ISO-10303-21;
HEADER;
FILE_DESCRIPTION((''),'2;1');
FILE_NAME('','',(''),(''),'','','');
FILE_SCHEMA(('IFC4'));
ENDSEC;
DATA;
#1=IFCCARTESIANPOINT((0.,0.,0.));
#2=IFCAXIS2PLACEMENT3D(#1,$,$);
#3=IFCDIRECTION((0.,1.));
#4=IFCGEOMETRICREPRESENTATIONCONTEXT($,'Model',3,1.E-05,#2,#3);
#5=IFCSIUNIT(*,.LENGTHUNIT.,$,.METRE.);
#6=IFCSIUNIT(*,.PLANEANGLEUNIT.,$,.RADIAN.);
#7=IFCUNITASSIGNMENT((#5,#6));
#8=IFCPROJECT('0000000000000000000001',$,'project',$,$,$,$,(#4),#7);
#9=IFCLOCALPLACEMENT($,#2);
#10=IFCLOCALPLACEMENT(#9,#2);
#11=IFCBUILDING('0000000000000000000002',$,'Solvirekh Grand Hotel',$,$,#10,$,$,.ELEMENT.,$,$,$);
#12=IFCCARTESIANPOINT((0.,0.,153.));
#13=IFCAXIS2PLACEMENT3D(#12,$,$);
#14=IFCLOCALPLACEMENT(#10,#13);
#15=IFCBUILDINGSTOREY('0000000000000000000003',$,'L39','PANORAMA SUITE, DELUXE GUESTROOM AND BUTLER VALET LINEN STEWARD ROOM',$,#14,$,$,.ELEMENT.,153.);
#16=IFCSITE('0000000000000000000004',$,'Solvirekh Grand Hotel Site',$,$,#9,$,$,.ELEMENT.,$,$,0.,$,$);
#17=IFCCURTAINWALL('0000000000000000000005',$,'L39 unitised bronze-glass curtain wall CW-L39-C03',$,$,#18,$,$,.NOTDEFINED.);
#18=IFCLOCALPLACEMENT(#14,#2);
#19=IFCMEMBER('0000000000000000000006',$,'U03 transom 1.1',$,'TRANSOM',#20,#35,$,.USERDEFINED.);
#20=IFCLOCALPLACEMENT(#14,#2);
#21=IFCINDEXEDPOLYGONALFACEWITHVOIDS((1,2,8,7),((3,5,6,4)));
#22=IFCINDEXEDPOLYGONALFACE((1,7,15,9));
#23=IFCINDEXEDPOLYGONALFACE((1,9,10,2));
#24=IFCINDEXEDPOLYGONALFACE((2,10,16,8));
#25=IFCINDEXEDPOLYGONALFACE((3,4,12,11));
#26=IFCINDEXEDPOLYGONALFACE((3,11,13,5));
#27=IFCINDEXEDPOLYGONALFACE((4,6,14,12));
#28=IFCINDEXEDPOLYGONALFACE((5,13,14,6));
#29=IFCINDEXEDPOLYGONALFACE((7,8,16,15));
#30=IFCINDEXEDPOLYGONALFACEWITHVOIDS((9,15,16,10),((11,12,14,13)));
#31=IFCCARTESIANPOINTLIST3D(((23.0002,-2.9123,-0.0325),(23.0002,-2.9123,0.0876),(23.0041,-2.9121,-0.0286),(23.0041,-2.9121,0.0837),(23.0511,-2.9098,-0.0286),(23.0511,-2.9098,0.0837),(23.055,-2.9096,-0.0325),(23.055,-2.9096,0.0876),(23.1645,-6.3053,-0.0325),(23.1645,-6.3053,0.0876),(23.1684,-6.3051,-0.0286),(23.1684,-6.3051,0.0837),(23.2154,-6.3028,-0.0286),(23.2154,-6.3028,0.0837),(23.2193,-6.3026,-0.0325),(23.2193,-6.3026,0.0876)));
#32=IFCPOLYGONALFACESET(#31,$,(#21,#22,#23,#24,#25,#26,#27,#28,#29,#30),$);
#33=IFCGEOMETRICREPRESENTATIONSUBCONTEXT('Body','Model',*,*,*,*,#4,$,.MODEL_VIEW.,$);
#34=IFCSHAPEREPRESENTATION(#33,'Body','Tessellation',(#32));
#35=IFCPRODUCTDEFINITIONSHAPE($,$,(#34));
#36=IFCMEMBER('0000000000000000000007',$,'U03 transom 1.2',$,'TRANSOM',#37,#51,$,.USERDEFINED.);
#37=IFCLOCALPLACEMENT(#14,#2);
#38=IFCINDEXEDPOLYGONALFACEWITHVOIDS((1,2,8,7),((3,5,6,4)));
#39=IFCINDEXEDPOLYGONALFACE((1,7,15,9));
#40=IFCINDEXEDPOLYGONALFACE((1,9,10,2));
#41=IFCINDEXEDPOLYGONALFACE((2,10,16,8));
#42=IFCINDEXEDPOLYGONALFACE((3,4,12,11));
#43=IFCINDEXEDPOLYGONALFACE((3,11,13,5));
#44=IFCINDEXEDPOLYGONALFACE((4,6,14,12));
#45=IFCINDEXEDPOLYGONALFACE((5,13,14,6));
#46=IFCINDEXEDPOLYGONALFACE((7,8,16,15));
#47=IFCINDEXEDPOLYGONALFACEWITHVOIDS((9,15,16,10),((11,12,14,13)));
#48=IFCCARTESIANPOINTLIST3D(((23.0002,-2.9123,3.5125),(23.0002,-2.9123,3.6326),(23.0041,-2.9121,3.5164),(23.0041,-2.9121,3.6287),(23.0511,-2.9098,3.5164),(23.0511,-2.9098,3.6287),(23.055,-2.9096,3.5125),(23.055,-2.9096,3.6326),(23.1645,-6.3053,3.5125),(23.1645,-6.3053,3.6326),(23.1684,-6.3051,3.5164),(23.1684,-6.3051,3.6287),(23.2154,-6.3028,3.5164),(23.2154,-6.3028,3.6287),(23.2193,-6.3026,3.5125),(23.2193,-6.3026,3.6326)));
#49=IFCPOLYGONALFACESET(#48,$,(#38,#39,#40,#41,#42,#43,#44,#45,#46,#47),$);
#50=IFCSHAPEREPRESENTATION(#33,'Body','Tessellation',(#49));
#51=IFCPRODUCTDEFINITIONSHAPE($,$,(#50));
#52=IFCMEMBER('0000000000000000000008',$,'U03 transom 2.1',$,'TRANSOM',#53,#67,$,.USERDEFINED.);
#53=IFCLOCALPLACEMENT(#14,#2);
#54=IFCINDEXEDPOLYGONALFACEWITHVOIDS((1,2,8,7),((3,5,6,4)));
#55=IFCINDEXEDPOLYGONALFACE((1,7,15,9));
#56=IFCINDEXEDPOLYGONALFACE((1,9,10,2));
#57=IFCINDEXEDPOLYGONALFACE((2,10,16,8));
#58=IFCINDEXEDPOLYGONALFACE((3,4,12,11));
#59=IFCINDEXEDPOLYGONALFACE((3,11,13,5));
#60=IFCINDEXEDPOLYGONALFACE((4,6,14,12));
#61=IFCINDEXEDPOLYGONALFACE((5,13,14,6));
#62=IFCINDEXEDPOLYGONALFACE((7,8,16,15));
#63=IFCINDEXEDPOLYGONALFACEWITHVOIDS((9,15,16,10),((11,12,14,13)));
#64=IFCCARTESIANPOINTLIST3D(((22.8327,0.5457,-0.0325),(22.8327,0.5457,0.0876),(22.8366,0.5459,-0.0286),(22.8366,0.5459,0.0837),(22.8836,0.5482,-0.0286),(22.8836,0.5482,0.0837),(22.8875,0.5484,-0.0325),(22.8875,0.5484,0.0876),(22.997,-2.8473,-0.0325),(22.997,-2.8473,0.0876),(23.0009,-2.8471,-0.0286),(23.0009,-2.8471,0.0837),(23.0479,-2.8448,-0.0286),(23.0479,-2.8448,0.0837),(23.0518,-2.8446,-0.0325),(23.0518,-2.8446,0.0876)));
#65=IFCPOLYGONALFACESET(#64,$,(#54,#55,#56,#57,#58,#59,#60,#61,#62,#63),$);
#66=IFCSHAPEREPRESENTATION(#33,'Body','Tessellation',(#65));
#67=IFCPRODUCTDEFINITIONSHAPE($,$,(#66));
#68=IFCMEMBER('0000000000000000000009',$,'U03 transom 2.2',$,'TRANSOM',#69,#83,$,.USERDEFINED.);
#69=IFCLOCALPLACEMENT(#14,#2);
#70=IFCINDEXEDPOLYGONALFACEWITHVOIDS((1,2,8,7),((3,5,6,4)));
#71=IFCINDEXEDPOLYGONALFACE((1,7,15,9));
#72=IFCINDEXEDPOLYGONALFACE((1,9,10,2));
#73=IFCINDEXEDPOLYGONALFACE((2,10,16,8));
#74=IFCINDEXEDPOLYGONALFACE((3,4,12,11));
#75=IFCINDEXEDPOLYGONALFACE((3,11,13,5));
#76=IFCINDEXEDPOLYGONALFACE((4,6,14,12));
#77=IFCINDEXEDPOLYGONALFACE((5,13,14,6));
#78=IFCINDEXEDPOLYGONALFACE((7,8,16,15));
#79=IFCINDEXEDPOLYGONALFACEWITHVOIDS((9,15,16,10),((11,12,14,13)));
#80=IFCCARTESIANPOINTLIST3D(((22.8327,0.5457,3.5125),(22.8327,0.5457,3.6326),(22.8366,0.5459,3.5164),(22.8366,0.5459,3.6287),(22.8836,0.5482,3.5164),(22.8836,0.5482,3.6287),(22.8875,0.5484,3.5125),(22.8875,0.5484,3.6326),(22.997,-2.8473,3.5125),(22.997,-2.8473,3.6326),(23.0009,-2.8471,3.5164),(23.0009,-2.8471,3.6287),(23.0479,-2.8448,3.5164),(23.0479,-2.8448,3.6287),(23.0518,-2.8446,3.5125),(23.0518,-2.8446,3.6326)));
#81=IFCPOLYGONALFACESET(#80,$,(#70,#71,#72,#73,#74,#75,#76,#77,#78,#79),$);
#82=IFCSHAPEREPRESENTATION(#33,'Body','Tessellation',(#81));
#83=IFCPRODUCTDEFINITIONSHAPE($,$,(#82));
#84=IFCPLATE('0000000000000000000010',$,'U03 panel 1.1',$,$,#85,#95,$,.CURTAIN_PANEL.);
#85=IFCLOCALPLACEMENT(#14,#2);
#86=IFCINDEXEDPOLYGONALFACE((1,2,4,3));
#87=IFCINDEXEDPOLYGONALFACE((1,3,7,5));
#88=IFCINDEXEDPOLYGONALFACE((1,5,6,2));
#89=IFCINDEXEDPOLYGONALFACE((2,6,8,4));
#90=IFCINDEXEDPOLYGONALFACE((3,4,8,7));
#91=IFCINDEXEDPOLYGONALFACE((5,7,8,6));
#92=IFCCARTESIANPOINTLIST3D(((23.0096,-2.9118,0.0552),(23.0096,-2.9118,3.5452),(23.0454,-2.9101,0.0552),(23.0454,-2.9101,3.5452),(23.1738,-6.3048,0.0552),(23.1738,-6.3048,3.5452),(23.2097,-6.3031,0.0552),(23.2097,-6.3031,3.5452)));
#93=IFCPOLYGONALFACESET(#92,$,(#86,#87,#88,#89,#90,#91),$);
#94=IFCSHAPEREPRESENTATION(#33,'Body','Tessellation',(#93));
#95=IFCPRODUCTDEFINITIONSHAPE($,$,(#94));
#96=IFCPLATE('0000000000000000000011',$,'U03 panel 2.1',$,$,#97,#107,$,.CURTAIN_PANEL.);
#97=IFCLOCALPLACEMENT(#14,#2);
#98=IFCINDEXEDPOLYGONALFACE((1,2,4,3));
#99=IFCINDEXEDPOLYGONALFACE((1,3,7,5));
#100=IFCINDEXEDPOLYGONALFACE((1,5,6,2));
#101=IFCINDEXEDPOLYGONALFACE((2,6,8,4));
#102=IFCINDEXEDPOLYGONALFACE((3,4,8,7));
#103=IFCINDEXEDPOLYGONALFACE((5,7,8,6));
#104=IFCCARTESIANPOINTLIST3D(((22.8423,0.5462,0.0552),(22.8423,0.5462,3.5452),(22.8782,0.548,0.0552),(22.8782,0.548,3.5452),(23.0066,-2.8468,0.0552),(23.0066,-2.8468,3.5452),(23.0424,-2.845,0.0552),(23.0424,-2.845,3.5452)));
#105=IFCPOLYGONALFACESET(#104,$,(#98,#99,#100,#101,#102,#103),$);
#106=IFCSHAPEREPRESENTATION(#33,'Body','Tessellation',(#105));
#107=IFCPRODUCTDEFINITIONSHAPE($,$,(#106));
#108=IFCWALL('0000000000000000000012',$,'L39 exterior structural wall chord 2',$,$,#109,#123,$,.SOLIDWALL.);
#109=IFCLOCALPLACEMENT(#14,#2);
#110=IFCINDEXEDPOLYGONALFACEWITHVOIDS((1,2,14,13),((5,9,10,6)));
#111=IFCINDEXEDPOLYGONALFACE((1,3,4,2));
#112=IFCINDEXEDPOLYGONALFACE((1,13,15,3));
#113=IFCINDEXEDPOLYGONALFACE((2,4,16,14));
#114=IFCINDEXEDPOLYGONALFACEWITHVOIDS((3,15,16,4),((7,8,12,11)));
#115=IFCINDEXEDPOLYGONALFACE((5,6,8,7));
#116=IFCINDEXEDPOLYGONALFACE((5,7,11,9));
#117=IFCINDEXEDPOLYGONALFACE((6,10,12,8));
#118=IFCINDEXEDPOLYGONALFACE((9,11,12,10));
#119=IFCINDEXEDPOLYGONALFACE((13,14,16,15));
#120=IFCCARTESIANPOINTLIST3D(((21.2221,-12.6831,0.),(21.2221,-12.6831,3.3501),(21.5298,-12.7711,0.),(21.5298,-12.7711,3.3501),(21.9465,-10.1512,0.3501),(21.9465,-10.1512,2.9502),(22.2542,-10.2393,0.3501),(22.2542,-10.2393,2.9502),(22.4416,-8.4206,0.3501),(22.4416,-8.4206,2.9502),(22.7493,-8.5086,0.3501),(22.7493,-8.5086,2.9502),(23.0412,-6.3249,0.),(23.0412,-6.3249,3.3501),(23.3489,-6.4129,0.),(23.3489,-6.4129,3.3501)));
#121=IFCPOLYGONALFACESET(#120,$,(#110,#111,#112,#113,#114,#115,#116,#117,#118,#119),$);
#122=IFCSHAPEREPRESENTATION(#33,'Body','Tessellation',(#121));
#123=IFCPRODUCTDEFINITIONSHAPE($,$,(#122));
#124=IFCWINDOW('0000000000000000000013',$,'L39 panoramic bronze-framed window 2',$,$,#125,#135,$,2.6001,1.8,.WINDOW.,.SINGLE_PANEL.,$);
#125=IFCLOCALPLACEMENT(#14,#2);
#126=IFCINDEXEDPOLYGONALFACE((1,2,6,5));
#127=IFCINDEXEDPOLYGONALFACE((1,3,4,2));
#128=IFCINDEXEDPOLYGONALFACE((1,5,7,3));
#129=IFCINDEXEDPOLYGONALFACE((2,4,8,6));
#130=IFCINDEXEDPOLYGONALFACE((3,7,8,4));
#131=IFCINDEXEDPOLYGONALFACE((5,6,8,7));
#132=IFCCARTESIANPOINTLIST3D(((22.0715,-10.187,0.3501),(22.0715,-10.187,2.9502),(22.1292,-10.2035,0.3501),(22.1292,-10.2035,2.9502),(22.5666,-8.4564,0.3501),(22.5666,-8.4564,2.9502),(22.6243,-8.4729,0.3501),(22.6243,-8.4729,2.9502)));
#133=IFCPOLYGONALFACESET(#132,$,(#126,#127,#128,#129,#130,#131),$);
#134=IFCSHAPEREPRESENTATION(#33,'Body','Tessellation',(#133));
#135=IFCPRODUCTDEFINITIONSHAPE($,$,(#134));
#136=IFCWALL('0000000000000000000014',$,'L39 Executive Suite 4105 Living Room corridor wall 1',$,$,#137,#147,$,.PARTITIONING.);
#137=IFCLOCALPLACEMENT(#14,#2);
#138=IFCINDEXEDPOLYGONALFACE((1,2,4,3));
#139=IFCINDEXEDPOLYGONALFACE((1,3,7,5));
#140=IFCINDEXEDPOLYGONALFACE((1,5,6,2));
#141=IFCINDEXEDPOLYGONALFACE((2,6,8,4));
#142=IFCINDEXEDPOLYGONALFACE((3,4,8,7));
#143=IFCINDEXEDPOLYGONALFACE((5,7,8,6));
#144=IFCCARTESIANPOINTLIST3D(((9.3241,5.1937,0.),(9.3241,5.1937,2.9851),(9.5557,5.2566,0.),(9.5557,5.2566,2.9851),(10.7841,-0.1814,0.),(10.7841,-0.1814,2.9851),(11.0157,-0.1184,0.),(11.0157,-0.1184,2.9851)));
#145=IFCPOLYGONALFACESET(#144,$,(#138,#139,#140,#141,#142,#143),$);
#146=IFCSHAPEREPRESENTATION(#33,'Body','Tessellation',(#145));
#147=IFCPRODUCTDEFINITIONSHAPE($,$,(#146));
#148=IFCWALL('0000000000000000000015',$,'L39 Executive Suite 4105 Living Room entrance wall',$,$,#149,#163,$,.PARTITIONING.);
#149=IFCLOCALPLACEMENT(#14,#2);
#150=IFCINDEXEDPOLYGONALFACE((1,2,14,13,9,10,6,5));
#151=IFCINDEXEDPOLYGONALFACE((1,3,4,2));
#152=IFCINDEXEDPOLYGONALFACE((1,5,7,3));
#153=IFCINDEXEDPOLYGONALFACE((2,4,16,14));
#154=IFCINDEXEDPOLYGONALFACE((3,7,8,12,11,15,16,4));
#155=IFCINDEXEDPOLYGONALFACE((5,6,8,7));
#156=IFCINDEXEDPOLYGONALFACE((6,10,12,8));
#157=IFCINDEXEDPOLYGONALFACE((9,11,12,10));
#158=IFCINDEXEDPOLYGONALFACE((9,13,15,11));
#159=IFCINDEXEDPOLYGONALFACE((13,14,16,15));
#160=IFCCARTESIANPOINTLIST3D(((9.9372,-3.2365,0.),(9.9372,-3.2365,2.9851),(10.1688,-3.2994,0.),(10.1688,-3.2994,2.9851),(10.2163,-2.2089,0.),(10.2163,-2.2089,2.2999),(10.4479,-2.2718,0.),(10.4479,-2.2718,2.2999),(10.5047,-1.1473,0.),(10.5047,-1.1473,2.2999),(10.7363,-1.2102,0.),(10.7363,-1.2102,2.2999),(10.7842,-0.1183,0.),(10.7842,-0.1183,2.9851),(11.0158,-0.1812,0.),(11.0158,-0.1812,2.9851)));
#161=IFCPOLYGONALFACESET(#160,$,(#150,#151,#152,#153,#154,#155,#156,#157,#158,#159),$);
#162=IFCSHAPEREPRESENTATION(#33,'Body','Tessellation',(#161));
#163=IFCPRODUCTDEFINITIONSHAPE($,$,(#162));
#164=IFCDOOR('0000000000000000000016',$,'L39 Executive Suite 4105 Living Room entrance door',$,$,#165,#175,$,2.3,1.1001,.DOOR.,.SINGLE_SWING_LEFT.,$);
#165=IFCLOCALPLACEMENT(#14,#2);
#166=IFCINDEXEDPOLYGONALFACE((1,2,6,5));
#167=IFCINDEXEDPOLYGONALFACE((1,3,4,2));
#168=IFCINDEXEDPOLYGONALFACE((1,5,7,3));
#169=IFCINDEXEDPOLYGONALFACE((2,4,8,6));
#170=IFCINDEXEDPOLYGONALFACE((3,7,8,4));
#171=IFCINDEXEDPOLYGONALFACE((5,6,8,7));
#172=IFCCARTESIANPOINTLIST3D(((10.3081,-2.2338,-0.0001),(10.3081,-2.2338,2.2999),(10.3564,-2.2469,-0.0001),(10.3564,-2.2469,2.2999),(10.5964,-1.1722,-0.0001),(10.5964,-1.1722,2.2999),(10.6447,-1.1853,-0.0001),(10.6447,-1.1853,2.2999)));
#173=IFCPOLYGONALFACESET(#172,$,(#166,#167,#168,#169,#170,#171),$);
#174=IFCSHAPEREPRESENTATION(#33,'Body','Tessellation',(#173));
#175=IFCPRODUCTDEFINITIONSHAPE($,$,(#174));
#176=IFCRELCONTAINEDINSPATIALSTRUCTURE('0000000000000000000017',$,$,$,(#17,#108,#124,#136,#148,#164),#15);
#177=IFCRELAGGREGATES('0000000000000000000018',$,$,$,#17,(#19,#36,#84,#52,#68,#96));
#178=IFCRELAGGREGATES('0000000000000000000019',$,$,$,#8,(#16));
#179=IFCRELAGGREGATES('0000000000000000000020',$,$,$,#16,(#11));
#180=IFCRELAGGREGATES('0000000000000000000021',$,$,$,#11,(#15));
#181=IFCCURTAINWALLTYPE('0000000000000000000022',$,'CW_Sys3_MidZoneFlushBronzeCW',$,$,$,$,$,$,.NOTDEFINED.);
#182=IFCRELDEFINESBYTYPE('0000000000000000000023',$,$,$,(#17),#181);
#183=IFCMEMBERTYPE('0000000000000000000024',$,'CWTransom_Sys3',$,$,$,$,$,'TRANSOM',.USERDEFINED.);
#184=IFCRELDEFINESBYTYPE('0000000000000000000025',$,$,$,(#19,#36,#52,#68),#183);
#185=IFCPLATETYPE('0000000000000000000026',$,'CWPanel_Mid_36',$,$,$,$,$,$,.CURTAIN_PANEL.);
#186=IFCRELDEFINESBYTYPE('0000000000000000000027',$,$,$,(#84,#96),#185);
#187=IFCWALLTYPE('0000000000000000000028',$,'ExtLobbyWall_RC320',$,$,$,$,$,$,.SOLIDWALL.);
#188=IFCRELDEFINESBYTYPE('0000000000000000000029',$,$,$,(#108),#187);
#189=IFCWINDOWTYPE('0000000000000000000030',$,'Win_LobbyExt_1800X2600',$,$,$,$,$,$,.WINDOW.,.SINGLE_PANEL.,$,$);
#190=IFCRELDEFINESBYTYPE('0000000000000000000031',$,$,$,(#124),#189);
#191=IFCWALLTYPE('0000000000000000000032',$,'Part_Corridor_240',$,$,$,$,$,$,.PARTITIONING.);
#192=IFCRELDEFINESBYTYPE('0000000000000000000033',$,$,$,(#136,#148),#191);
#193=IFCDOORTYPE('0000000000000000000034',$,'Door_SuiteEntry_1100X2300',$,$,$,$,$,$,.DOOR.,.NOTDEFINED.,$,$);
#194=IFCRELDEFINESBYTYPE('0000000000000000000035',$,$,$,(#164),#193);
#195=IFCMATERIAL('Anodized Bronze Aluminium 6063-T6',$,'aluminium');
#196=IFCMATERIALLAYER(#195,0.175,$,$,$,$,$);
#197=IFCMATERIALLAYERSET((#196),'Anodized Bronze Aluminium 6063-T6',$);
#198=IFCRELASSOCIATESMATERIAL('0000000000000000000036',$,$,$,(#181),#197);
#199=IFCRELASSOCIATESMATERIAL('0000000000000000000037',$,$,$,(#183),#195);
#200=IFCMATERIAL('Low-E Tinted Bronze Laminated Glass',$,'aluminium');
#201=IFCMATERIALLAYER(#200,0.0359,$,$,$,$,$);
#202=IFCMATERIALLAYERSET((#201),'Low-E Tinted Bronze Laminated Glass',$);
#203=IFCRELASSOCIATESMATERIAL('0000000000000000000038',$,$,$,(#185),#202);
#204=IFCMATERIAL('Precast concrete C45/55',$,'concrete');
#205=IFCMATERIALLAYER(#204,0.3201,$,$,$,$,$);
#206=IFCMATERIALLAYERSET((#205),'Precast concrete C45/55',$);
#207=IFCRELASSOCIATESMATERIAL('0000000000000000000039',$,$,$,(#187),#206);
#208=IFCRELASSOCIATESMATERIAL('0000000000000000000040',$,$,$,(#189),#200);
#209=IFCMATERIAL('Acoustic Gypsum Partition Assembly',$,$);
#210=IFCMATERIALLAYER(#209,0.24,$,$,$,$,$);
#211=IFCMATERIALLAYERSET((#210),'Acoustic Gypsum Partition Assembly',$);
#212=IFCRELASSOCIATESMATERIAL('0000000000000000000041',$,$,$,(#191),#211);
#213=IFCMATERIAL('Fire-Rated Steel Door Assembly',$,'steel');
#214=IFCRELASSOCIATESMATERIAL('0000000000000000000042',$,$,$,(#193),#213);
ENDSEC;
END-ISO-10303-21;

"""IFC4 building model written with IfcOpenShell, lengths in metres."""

from ifc_helpers import new_model, si_unit, direction, frame, frame_2d, origin, origin_2d, place, context, subcontext, project, spatial, rectangle, hollow_rectangle, extrude, source, transform, mapped, material, layer, layer_set, material_profile, profile_set, type_object, element, fill, aggregate, save


model = new_model("IFC4")

# Units and contexts
model_context = context("Model", 3, precision=1e-05, world=origin(), true_north=direction((0.0, 1.0)))
body_context = subcontext(model_context, "Body", "Model", "MODEL_VIEW")
ifc_project = project(units=[si_unit("LENGTHUNIT", "METRE"), si_unit("PLANEANGLEUNIT", "RADIAN")], contexts=[model_context])

# Site, building, storey
site_placement = place(None, origin())
site = spatial("IfcSite", under=ifc_project, at=site_placement, Name="Solvirekh Grand Hotel Site", CompositionType="ELEMENT", RefElevation=0.0)
building_placement = place(site_placement, origin())
building = spatial("IfcBuilding", under=site, at=building_placement, Name="Solvirekh Grand Hotel", CompositionType="ELEMENT")
storey_placement = place(building_placement, frame((0.0, 0.0, 153.0)))
storey = spatial("IfcBuildingStorey", under=building, at=storey_placement, Name="L39", Description="PANORAMA SUITE, DELUXE GUESTROOM AND BUTLER VALET LINEN STEWARD ROOM", CompositionType="ELEMENT", Elevation=153.0)

# Curtain wall, members, plates
ifc_material_1 = material(Name="Anodized Bronze Aluminium 6063-T6", Category="aluminium")
ifc_layer_1 = layer(ifc_material_1, 0.175)
ifc_layer_set_1 = layer_set([ifc_layer_1], Name="Anodized Bronze Aluminium 6063-T6")
curtain_wall_type = type_object("IfcCurtainWallType", Name="CW_Sys3_MidZoneFlushBronzeCW", PredefinedType="NOTDEFINED", material=ifc_layer_set_1)
curtain_wall_placement = place(storey_placement, origin())
curtain_wall = element("IfcCurtainWall", 1, at=curtain_wall_placement, inside=storey, type_object=curtain_wall_type, Name="L39 unitised bronze-glass curtain wall CW-L39-C03", PredefinedType="NOTDEFINED")
ifc_material_profile_1 = material_profile(ifc_material_1, hollow_rectangle(XDim=0.0549, YDim=0.1201, WallThickness=0.0039, at=origin_2d()), Name="ALU RHS 120X55X4")
ifc_profile_set_1 = profile_set([ifc_material_profile_1], Name="Anodized Bronze Aluminium 6063-T6")
member_type_1 = type_object("IfcMemberType", Name="CWTransom_Sys3", ElementType="TRANSOM", PredefinedType="USERDEFINED", material=ifc_profile_set_1)
shared_shape_1 = source(origin(), body_context, "Body", "SweptSolid", [
    extrude(hollow_rectangle(XDim=0.0549, YDim=0.1201, WallThickness=0.0039, at=origin_2d()), origin(), (0.0, 0.0, 1.0), 3.397),
])
member_1_placement = place(storey_placement, frame((23.1919, -6.304, 0.0276), z_axis=(-0.048368, 0.99883, 0.0), x_axis=(-0.99883, -0.048368, 0.0)))
member_1 = element("IfcMember", 2, at=member_1_placement, type_object=member_type_1, Name="U03 transom 1.1", ObjectType="TRANSOM", PredefinedType="USERDEFINED", context=body_context, shape_type="MappedRepresentation", body=[
    mapped(shared_shape_1, transform((0.0, 0.0, 0.0), x_axis=(1.0, 0.0, 0.0), y_axis=(0.0, 1.0, 0.0), z_axis=(0.0, 0.0, 1.0), scale=1.0)),
])
member_2_placement = place(storey_placement, frame((23.1919, -6.304, 3.5725), z_axis=(-0.048368, 0.99883, 0.0), x_axis=(-0.99883, -0.048368, 0.0)))
member_2 = element("IfcMember", 3, at=member_2_placement, type_object=member_type_1, Name="U03 transom 1.2", ObjectType="TRANSOM", PredefinedType="USERDEFINED", context=body_context, shape_type="MappedRepresentation", body=[
    mapped(shared_shape_1, transform((0.0, 0.0, 0.0), x_axis=(1.0, 0.0, 0.0), y_axis=(0.0, 1.0, 0.0), z_axis=(0.0, 0.0, 1.0), scale=1.0)),
])
member_3_placement = place(storey_placement, frame((23.0244, -2.8459, 0.0276), z_axis=(-0.048368, 0.99883, 0.0), x_axis=(-0.99883, -0.048368, 0.0)))
member_3 = element("IfcMember", 4, at=member_3_placement, type_object=member_type_1, Name="U03 transom 2.1", ObjectType="TRANSOM", PredefinedType="USERDEFINED", context=body_context, shape_type="MappedRepresentation", body=[
    mapped(shared_shape_1, transform((0.0, 0.0, 0.0), x_axis=(1.0, 0.0, 0.0), y_axis=(0.0, 1.0, 0.0), z_axis=(0.0, 0.0, 1.0), scale=1.0)),
])
member_4_placement = place(storey_placement, frame((23.0244, -2.8459, 3.5725), z_axis=(-0.048368, 0.99883, 0.0), x_axis=(-0.99883, -0.048368, 0.0)))
member_4 = element("IfcMember", 5, at=member_4_placement, type_object=member_type_1, Name="U03 transom 2.2", ObjectType="TRANSOM", PredefinedType="USERDEFINED", context=body_context, shape_type="MappedRepresentation", body=[
    mapped(shared_shape_1, transform((0.0, 0.0, 0.0), x_axis=(1.0, 0.0, 0.0), y_axis=(0.0, 1.0, 0.0), z_axis=(0.0, 0.0, 1.0), scale=1.0)),
])
ifc_material_2 = material(Name="Low-E Tinted Bronze Laminated Glass", Category="aluminium")
ifc_layer_2 = layer(ifc_material_2, 0.0359)
ifc_layer_set_2 = layer_set([ifc_layer_2], Name="Low-E Tinted Bronze Laminated Glass")
plate_type = type_object("IfcPlateType", Name="CWPanel_Mid_36", PredefinedType="CURTAIN_PANEL", material=ifc_layer_set_2)
shared_shape_2 = source(origin(), body_context, "Body", "SweptSolid", [
    extrude(rectangle(XDim=3.397, YDim=0.0359, at=origin_2d()), origin(), (0.0, 0.0, 1.0), 3.49),
])
plate_1_placement = place(storey_placement, frame((23.1096, -4.6074, 0.0552), z_axis=(0.0, 0.0, 1.0), x_axis=(-0.04836, 0.99883, 0.0)))
plate_1 = element("IfcPlate", 6, at=plate_1_placement, type_object=plate_type, Name="U03 panel 1.1", PredefinedType="CURTAIN_PANEL", context=body_context, shape_type="MappedRepresentation", body=[
    mapped(shared_shape_2, transform((0.0, 0.0, 0.0), x_axis=(1.0, 0.0, 0.0), y_axis=(0.0, 1.0, 0.0), z_axis=(0.0, 0.0, 1.0), scale=1.0)),
])
plate_2_placement = place(storey_placement, frame((22.9424, -1.1494, 0.0552), z_axis=(0.0, 0.0, 1.0), x_axis=(-0.04836, 0.99883, 0.0)))
plate_2 = element("IfcPlate", 7, at=plate_2_placement, type_object=plate_type, Name="U03 panel 2.1", PredefinedType="CURTAIN_PANEL", context=body_context, shape_type="MappedRepresentation", body=[
    mapped(shared_shape_2, transform((0.0, 0.0, 0.0), x_axis=(1.0, 0.0, 0.0), y_axis=(0.0, 1.0, 0.0), z_axis=(0.0, 0.0, 1.0), scale=1.0)),
])
aggregate(curtain_wall, [member_1, member_2, plate_1, member_3, member_4, plate_2])

# Wall, opening, window
ifc_material_3 = material(Name="Precast concrete C45/55", Category="concrete")
ifc_layer_3 = layer(ifc_material_3, 0.3201)
ifc_layer_set_3 = layer_set([ifc_layer_3], Name="Precast concrete C45/55")
wall_type_1 = type_object("IfcWallType", Name="ExtLobbyWall_RC320", PredefinedType="SOLIDWALL", material=ifc_layer_set_3)
wall_1_placement = place(storey_placement, frame((23.1951, -6.3689, 0.0), z_axis=(0.0, 0.0, 1.0), x_axis=(-0.275067, -0.961425, 0.0)))
wall_1 = element("IfcWall", 8, at=wall_1_placement, inside=storey, type_object=wall_type_1, Name="L39 exterior structural wall chord 2", PredefinedType="SOLIDWALL", context=body_context, shape_type="SweptSolid", body=[
    extrude(rectangle(XDim=6.6133, YDim=0.3201, at=frame_2d((3.3066, 0.0))), origin(), (0.0, 0.0, 1.0), 3.3501),
])
opening_1_placement = place(wall_1_placement, frame((2.1799, 0.0, 0.3501)))
opening_1 = element("IfcOpeningElement", 9, at=opening_1_placement, cuts=wall_1, PredefinedType="OPENING", context=body_context, shape_type="SweptSolid", body=[
    extrude(rectangle(XDim=1.8, YDim=2.6001, at=frame_2d((0.8999, 1.3))), frame((0.0, 0.1699, 0.0), z_axis=(0.0, -1.0, 0.0), x_axis=(1.0, 0.0, 0.0)), (0.0, 0.0, 1.0), 0.3401),
])
window_type = type_object("IfcWindowType", Name="Win_LobbyExt_1800X2600", PartitioningType="SINGLE_PANEL", PredefinedType="WINDOW", material=ifc_material_2)
window_placement = place(opening_1_placement, origin())
window = element("IfcWindow", 10, at=window_placement, inside=storey, type_object=window_type, Name="L39 panoramic bronze-framed window 2", OverallHeight=2.6001, OverallWidth=1.8, PartitioningType="SINGLE_PANEL", PredefinedType="WINDOW", context=body_context, shape_type="SweptSolid", body=[
    extrude(rectangle(XDim=1.8, YDim=2.6001, at=frame_2d((0.8999, 1.3))), frame((0.0, 0.03, 0.0), z_axis=(0.0, -1.0, 0.0), x_axis=(1.0, 0.0, 0.0)), (0.0, 0.0, 1.0), 0.0601),
])
fill(opening_1, window)

# Wall
ifc_material_4 = material(Name="Acoustic Gypsum Partition Assembly")
ifc_layer_4 = layer(ifc_material_4, 0.24)
ifc_layer_set_4 = layer_set([ifc_layer_4], Name="Acoustic Gypsum Partition Assembly")
wall_type_2 = type_object("IfcWallType", Name="Part_Corridor_240", PredefinedType="PARTITIONING", material=ifc_layer_set_4)
wall_2_placement = place(storey_placement, frame((10.8999, -0.1499, 0.0), z_axis=(0.0, 0.0, 1.0), x_axis=(-0.262123, 0.965034, 0.0)))
element("IfcWall", 11, at=wall_2_placement, inside=storey, type_object=wall_type_2, Name="L39 Executive Suite 4105 Living Room corridor wall 1", PredefinedType="PARTITIONING", context=body_context, shape_type="SweptSolid", body=[
    extrude(rectangle(XDim=5.5698, YDim=0.24, at=frame_2d((2.7849, 0.0))), origin(), (0.0, 0.0, 1.0), 2.9851),
])

# Wall, opening, door
wall_3_placement = place(storey_placement, frame((10.053, -3.2681, 0.0), z_axis=(0.0, 0.0, 1.0), x_axis=(0.262113, 0.965037, 0.0)))
wall_3 = element("IfcWall", 12, at=wall_3_placement, inside=storey, type_object=wall_type_2, Name="L39 Executive Suite 4105 Living Room entrance wall", PredefinedType="PARTITIONING", context=body_context, shape_type="SweptSolid", body=[
    extrude(rectangle(XDim=3.2312, YDim=0.24, at=frame_2d((1.6157, 0.0))), origin(), (0.0, 0.0, 1.0), 2.9851),
])
opening_2_placement = place(wall_3_placement, frame((1.0649, 0.0, 0.0)))
opening_2 = element("IfcOpeningElement", 13, at=opening_2_placement, cuts=wall_3, PredefinedType="OPENING", context=body_context, shape_type="SweptSolid", body=[
    extrude(rectangle(XDim=1.1001, YDim=2.3, at=frame_2d((0.55, 1.1499))), frame((0.0, 0.1299, 0.0), z_axis=(0.0, -1.0, 0.0), x_axis=(1.0, 0.0, 0.0)), (0.0, 0.0, 1.0), 0.26),
])
ifc_material_5 = material(Name="Fire-Rated Steel Door Assembly", Category="steel")
door_type_1 = type_object("IfcDoorType", Name="Door_SuiteEntry_1100X2300", OperationType="NOTDEFINED", PredefinedType="DOOR", material=ifc_material_5)
door_1_placement = place(opening_2_placement, origin())
door_1 = element("IfcDoor", 14, at=door_1_placement, inside=storey, type_object=door_type_1, Name="L39 Executive Suite 4105 Living Room entrance door", OperationType="SINGLE_SWING_LEFT", OverallHeight=2.3, OverallWidth=1.1001, PredefinedType="DOOR", context=body_context, shape_type="SweptSolid", body=[
    extrude(rectangle(XDim=1.1001, YDim=2.3, at=frame_2d((0.55, 1.1499))), frame((0.0, 0.0249, 0.0), z_axis=(0.0, -1.0, 0.0), x_axis=(1.0, 0.0, 0.0)), (0.0, 0.0, 1.0), 0.05),
])
fill(opening_2, door_1)

save(model, "model.ifc")
